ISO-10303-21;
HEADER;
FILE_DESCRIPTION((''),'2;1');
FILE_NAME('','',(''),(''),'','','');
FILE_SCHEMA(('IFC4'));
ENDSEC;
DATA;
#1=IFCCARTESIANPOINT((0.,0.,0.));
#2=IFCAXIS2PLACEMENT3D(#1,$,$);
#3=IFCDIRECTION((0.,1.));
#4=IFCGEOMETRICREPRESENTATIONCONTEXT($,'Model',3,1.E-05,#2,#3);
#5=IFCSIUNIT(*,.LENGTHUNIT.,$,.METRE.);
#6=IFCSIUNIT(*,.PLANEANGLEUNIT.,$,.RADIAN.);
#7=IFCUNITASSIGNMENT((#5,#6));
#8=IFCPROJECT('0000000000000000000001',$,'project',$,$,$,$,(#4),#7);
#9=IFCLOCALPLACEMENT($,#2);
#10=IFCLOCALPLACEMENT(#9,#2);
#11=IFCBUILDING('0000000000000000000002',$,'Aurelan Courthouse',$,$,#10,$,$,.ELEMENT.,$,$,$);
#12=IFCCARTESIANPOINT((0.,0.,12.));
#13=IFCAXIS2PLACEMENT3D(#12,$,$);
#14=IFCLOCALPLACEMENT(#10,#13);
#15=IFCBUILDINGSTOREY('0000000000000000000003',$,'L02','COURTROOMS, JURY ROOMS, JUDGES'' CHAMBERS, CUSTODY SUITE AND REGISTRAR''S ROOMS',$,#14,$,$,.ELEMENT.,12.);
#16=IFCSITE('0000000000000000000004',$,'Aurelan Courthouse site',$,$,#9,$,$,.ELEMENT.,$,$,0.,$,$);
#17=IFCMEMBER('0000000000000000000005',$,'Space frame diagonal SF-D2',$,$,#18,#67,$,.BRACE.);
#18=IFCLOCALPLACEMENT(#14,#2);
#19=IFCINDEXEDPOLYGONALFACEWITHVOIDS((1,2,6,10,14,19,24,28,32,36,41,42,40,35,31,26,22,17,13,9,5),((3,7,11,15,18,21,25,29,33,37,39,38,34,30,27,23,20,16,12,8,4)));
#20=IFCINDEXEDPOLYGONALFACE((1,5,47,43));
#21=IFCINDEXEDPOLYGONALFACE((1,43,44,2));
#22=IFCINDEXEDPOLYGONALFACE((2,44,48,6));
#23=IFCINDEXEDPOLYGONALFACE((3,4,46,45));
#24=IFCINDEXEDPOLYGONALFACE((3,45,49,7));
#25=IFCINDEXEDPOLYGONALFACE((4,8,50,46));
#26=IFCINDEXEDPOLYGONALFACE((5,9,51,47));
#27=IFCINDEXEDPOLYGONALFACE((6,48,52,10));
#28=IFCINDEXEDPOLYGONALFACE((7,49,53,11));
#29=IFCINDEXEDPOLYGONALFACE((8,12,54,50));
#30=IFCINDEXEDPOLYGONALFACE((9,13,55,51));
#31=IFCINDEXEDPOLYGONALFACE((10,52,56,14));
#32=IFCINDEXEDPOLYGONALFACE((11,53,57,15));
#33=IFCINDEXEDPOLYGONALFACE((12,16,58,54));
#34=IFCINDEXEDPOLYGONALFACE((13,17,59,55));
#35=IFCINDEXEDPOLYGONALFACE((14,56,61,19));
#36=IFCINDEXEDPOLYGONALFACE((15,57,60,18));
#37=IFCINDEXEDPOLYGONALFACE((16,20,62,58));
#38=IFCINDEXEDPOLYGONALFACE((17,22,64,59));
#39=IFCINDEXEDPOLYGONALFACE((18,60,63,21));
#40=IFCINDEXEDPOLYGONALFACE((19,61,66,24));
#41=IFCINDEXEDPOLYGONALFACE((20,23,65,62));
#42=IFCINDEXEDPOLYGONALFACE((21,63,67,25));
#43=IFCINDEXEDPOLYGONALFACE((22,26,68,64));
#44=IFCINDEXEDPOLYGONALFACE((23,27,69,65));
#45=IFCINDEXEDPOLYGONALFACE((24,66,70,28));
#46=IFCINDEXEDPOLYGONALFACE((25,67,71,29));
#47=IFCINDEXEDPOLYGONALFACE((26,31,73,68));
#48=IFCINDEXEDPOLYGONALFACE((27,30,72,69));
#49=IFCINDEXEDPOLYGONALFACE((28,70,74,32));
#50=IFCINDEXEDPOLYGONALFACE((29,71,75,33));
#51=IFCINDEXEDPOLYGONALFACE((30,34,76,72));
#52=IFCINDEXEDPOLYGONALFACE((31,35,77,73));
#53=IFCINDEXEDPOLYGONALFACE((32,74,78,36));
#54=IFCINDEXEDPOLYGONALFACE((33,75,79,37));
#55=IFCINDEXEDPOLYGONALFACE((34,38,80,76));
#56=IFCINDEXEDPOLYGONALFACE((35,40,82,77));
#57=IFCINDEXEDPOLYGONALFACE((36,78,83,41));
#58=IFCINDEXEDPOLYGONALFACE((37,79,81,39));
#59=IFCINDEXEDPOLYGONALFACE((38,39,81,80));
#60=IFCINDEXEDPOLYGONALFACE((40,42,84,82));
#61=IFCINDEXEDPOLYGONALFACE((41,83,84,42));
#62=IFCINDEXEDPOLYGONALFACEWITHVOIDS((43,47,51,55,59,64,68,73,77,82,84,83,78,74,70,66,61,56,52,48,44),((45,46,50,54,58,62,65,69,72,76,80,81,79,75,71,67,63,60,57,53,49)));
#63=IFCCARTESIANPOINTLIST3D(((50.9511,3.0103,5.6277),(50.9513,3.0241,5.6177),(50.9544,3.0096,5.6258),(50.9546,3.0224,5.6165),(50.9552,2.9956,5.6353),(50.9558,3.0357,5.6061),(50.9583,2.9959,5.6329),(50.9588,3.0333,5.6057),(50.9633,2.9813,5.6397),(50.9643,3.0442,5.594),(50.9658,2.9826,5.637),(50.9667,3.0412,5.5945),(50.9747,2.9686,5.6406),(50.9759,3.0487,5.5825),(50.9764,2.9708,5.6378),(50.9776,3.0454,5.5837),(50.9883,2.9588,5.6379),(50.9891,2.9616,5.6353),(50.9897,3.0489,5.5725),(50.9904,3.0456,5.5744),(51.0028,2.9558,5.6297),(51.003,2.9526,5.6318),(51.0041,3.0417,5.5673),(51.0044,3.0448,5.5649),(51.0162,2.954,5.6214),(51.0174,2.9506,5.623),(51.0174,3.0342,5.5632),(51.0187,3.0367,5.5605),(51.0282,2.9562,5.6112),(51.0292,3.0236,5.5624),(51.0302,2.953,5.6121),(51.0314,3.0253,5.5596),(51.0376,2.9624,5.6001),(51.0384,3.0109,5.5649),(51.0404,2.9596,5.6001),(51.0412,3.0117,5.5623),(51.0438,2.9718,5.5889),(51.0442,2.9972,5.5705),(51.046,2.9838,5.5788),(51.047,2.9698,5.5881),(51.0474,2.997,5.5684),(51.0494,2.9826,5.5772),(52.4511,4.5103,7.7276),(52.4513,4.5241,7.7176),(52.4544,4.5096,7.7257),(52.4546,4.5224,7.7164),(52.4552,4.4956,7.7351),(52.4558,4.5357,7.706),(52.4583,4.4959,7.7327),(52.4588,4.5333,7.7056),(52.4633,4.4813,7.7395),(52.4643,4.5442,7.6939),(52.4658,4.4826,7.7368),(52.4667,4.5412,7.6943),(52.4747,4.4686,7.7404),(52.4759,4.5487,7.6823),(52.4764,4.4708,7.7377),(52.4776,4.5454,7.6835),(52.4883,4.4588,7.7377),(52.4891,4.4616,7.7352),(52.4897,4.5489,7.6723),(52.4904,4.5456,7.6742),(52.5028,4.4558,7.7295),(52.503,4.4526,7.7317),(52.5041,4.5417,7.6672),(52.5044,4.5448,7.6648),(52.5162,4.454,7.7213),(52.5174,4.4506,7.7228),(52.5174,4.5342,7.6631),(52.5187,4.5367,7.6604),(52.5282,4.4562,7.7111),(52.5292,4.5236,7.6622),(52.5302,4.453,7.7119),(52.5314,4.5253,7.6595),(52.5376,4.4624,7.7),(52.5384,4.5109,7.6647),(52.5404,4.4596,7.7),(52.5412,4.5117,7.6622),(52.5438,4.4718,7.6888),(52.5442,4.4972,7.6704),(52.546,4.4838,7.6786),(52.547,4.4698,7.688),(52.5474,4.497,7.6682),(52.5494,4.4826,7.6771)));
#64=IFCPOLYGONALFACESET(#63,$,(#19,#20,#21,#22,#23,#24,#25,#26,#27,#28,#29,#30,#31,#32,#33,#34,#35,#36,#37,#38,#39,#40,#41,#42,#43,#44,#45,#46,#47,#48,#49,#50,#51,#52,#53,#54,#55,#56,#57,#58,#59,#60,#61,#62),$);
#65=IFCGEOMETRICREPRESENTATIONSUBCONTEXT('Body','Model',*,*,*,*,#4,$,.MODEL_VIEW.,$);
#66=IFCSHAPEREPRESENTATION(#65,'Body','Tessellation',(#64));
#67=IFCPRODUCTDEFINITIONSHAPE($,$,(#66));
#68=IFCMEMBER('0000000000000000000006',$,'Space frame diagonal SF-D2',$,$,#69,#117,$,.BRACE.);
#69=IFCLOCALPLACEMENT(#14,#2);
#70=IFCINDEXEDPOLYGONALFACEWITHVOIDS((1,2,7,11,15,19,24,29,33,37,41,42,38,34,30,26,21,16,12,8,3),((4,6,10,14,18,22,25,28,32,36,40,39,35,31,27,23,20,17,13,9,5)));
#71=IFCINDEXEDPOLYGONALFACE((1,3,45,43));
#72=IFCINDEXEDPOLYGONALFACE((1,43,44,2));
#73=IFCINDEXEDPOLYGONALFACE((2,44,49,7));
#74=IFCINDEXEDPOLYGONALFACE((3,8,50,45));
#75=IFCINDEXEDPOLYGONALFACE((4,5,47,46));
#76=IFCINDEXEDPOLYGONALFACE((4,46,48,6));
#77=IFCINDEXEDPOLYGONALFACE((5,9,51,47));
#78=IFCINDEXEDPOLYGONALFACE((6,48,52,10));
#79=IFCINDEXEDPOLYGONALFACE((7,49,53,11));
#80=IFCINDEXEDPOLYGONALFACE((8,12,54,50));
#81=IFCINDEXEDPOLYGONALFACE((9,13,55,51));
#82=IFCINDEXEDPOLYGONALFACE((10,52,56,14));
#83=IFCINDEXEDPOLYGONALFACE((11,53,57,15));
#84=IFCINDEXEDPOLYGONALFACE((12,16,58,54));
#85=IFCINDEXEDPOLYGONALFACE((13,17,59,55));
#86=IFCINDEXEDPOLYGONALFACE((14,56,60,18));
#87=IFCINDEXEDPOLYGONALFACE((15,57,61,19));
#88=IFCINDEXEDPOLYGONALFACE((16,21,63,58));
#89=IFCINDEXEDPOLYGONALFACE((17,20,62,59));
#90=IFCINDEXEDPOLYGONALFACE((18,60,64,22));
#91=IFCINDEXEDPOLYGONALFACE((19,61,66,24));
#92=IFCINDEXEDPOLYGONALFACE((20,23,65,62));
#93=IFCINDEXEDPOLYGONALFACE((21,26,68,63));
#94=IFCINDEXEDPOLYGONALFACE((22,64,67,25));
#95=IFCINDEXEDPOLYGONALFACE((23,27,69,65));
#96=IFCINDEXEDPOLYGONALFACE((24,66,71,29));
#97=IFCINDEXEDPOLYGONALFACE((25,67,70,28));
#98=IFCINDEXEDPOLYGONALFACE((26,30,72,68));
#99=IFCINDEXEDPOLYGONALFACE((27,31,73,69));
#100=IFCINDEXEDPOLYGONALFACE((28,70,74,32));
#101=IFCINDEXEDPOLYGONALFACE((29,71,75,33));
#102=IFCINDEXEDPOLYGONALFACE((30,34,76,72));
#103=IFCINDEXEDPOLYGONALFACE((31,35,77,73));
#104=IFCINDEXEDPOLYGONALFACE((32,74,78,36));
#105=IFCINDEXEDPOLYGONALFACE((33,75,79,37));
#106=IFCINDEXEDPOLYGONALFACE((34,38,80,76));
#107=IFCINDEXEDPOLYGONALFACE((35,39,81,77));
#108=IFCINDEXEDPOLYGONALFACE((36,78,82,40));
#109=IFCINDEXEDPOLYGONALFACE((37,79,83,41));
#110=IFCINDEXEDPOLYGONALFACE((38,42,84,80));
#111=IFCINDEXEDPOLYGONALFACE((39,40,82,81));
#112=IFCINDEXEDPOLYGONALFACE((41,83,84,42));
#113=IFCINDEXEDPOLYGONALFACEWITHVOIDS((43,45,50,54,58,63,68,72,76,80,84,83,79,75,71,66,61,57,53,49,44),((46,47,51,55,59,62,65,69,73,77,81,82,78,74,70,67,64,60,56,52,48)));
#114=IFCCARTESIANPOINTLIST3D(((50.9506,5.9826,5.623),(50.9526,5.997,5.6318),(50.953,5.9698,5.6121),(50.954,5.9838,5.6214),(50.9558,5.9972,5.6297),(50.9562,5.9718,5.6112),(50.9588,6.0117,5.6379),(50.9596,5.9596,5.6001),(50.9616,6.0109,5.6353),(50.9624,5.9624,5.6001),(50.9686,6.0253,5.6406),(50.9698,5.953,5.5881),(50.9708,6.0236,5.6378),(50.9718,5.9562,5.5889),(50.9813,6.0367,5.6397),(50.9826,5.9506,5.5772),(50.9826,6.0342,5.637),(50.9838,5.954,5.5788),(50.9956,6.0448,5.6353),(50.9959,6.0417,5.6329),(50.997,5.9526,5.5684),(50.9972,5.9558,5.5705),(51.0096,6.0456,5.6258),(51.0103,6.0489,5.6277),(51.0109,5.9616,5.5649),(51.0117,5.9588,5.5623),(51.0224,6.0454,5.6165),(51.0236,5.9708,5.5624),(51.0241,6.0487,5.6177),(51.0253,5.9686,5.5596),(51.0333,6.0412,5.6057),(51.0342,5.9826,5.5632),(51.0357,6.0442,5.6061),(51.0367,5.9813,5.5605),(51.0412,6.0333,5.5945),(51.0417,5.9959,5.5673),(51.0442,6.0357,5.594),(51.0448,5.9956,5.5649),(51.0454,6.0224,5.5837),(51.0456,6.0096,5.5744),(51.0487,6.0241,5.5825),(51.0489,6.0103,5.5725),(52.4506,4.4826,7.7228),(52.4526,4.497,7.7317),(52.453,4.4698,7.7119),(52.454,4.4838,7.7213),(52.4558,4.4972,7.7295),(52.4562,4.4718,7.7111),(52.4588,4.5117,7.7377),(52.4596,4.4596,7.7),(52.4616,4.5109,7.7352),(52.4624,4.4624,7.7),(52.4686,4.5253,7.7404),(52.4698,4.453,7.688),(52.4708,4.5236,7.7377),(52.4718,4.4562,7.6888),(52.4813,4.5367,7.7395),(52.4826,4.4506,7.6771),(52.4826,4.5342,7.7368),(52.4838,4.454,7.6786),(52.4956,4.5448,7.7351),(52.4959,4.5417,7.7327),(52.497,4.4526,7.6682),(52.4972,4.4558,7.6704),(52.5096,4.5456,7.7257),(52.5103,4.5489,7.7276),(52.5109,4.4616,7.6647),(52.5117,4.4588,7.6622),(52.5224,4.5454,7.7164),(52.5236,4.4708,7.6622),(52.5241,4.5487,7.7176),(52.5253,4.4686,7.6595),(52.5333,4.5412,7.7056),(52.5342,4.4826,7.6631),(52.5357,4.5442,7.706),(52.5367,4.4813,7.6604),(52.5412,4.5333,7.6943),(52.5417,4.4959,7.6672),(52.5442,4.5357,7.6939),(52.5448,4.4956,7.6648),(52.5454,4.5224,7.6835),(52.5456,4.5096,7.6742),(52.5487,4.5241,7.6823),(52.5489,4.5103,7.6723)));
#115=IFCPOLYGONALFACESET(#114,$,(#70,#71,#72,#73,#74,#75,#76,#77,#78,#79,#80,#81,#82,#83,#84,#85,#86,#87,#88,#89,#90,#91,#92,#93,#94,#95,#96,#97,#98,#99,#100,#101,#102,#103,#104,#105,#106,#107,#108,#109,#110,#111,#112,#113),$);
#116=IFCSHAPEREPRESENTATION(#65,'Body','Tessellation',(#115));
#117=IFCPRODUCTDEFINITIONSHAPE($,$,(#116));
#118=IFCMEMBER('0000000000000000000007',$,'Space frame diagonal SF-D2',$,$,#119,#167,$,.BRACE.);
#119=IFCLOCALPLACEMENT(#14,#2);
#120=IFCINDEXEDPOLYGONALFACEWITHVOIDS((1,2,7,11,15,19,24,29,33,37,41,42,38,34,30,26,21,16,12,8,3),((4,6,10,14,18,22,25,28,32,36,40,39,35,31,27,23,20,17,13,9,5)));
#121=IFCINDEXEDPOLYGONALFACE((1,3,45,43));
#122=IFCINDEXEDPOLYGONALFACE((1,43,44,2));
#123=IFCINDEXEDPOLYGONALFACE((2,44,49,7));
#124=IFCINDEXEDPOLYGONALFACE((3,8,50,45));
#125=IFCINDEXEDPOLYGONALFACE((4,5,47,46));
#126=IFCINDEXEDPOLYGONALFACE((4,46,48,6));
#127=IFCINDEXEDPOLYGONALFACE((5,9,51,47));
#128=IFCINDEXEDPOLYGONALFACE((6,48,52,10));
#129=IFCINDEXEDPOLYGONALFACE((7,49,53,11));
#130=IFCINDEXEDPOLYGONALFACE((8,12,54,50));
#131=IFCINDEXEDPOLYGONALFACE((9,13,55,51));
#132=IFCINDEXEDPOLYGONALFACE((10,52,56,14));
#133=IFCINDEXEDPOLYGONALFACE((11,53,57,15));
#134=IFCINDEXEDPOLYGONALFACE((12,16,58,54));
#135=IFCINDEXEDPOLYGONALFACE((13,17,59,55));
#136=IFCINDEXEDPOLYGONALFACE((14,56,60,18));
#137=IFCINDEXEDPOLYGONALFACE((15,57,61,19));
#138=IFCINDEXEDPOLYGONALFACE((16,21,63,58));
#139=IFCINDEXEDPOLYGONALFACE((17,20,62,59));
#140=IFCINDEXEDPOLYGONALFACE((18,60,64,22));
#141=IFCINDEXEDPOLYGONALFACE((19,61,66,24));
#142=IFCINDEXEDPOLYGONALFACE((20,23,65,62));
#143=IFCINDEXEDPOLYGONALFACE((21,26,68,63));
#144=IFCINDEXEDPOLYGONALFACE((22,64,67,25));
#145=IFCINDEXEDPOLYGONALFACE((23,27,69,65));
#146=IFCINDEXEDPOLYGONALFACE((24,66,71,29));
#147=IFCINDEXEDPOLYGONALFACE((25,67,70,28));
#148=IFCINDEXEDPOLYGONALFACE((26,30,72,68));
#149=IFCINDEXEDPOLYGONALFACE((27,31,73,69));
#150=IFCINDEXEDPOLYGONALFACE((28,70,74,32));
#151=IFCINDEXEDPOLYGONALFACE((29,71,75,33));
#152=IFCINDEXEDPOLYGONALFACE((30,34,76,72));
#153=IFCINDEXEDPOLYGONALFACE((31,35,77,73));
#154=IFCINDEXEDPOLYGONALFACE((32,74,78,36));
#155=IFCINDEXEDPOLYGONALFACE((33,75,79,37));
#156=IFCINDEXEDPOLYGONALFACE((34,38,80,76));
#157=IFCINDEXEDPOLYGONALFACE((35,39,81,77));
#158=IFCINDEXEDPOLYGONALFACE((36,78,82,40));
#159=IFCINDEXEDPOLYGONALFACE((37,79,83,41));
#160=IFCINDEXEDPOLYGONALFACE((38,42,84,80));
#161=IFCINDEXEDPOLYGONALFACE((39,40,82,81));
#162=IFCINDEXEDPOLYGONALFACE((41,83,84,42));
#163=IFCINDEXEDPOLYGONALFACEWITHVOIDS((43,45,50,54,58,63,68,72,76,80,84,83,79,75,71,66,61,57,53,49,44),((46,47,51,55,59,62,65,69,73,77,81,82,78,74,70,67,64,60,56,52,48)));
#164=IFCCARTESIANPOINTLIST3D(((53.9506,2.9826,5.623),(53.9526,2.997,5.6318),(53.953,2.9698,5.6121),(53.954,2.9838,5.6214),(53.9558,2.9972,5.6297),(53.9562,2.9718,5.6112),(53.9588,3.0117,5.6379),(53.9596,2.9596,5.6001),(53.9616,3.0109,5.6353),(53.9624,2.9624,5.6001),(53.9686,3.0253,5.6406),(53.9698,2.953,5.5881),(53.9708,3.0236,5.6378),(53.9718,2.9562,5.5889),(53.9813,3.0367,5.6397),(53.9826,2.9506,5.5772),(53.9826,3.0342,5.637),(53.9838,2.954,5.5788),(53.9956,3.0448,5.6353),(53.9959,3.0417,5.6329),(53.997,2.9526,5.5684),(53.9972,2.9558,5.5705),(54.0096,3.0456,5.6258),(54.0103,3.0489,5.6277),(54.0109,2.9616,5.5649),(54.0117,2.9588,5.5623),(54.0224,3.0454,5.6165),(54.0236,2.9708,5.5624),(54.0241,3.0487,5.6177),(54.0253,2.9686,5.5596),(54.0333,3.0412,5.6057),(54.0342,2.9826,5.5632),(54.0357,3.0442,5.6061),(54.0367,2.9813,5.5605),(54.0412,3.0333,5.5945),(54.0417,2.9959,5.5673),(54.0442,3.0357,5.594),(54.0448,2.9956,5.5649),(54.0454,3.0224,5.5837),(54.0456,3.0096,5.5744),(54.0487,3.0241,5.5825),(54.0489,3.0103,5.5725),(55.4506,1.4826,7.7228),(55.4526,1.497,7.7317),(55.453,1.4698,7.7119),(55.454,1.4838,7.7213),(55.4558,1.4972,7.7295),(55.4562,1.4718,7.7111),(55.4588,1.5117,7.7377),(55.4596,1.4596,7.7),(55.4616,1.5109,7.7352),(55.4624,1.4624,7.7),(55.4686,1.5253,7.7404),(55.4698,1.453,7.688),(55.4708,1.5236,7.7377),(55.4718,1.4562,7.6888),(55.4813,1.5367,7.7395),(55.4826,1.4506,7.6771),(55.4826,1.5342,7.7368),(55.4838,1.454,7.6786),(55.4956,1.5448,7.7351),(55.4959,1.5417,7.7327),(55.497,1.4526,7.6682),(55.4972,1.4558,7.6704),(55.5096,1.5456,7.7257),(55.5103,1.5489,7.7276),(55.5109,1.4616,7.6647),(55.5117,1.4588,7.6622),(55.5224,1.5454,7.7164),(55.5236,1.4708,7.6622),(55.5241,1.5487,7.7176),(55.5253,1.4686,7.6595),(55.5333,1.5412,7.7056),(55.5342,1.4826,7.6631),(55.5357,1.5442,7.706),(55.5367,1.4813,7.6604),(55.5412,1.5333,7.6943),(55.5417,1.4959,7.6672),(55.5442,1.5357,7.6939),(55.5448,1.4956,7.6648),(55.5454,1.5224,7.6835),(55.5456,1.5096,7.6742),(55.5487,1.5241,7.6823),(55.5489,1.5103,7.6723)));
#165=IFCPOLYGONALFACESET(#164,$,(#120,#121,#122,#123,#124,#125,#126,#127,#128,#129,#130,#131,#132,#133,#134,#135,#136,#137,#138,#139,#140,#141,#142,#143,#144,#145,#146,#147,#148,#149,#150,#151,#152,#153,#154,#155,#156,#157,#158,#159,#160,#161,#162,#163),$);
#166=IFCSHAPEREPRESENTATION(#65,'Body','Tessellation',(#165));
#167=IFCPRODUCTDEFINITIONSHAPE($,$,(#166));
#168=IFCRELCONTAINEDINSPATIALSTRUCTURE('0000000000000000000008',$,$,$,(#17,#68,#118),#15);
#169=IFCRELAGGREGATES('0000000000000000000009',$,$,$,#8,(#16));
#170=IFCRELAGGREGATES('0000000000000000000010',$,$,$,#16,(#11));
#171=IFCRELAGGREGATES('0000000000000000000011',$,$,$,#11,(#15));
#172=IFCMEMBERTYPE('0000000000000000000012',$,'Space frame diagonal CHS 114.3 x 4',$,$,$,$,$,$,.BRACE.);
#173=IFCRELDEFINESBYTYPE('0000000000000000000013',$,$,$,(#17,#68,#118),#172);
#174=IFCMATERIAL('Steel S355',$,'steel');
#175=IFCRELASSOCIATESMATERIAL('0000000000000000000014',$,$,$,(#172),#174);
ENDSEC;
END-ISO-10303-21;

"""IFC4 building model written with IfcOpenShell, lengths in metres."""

from ifc_helpers import new_model, si_unit, direction, frame, origin, origin_2d, place, context, subcontext, project, spatial, hollow_circle, extrude, material, material_profile, profile_set, type_object, element, save


model = new_model("IFC4")

# Units and contexts
model_context = context("Model", 3, precision=1e-05, world=origin(), true_north=direction((0.0, 1.0)))
body_context = subcontext(model_context, "Body", "Model", "MODEL_VIEW")
ifc_project = project(units=[si_unit("LENGTHUNIT", "METRE"), si_unit("PLANEANGLEUNIT", "RADIAN")], contexts=[model_context])

# Site, building, storey
site_placement = place(None, origin())
site = spatial("IfcSite", under=ifc_project, at=site_placement, Name="Aurelan Courthouse site", CompositionType="ELEMENT", RefElevation=0.0)
building_placement = place(site_placement, origin())
building = spatial("IfcBuilding", under=site, at=building_placement, Name="Aurelan Courthouse", CompositionType="ELEMENT")
storey_placement = place(building_placement, frame((0.0, 0.0, 12.0)))
storey = spatial("IfcBuildingStorey", under=building, at=storey_placement, Name="L02", Description="COURTROOMS, JURY ROOMS, JUDGES' CHAMBERS, CUSTODY SUITE AND REGISTRAR'S ROOMS", CompositionType="ELEMENT", Elevation=12.0)

# Members
ifc_material_1 = material(Name="Steel S355", Category="steel")
ifc_material_profile_1 = material_profile(ifc_material_1, hollow_circle(Radius=0.0571, WallThickness=0.0039, at=origin_2d()), Name="CHS 114.3 x 4")
ifc_profile_set_1 = profile_set([ifc_material_profile_1], Name="Steel S355")
member_type_1 = type_object("IfcMemberType", Name="Space frame diagonal CHS 114.3 x 4", PredefinedType="BRACE", material=ifc_profile_set_1)
for number, where, z_axis, x_axis, name in (
    (1, (52.5, 4.5, 7.7), (-0.502536, -0.502536, -0.703502), (0.707107, -0.707107, 0.0), "Space frame diagonal SF-D2"),
    (2, (52.5, 4.5, 7.7), (-0.502536, 0.502536, -0.703502), (-0.707107, -0.707107, 0.0), "Space frame diagonal SF-D2"),
    (3, (55.5, 1.5, 7.7), (-0.502536, 0.502536, -0.703502), (-0.707107, -0.707107, 0.0), "Space frame diagonal SF-D2"),
):
    element("IfcMember", number, at=place(storey_placement, frame(where, z_axis=z_axis, x_axis=x_axis)), inside=storey, type_object=member_type_1, Name=name, PredefinedType="BRACE", context=body_context, shape_type="SweptSolid", body=[
        extrude(hollow_circle(Radius=0.0571, WallThickness=0.0039, at=origin_2d()), origin(), (0.0, 0.0, 1.0), 2.9849),
    ])

save(model, "model.ifc")
